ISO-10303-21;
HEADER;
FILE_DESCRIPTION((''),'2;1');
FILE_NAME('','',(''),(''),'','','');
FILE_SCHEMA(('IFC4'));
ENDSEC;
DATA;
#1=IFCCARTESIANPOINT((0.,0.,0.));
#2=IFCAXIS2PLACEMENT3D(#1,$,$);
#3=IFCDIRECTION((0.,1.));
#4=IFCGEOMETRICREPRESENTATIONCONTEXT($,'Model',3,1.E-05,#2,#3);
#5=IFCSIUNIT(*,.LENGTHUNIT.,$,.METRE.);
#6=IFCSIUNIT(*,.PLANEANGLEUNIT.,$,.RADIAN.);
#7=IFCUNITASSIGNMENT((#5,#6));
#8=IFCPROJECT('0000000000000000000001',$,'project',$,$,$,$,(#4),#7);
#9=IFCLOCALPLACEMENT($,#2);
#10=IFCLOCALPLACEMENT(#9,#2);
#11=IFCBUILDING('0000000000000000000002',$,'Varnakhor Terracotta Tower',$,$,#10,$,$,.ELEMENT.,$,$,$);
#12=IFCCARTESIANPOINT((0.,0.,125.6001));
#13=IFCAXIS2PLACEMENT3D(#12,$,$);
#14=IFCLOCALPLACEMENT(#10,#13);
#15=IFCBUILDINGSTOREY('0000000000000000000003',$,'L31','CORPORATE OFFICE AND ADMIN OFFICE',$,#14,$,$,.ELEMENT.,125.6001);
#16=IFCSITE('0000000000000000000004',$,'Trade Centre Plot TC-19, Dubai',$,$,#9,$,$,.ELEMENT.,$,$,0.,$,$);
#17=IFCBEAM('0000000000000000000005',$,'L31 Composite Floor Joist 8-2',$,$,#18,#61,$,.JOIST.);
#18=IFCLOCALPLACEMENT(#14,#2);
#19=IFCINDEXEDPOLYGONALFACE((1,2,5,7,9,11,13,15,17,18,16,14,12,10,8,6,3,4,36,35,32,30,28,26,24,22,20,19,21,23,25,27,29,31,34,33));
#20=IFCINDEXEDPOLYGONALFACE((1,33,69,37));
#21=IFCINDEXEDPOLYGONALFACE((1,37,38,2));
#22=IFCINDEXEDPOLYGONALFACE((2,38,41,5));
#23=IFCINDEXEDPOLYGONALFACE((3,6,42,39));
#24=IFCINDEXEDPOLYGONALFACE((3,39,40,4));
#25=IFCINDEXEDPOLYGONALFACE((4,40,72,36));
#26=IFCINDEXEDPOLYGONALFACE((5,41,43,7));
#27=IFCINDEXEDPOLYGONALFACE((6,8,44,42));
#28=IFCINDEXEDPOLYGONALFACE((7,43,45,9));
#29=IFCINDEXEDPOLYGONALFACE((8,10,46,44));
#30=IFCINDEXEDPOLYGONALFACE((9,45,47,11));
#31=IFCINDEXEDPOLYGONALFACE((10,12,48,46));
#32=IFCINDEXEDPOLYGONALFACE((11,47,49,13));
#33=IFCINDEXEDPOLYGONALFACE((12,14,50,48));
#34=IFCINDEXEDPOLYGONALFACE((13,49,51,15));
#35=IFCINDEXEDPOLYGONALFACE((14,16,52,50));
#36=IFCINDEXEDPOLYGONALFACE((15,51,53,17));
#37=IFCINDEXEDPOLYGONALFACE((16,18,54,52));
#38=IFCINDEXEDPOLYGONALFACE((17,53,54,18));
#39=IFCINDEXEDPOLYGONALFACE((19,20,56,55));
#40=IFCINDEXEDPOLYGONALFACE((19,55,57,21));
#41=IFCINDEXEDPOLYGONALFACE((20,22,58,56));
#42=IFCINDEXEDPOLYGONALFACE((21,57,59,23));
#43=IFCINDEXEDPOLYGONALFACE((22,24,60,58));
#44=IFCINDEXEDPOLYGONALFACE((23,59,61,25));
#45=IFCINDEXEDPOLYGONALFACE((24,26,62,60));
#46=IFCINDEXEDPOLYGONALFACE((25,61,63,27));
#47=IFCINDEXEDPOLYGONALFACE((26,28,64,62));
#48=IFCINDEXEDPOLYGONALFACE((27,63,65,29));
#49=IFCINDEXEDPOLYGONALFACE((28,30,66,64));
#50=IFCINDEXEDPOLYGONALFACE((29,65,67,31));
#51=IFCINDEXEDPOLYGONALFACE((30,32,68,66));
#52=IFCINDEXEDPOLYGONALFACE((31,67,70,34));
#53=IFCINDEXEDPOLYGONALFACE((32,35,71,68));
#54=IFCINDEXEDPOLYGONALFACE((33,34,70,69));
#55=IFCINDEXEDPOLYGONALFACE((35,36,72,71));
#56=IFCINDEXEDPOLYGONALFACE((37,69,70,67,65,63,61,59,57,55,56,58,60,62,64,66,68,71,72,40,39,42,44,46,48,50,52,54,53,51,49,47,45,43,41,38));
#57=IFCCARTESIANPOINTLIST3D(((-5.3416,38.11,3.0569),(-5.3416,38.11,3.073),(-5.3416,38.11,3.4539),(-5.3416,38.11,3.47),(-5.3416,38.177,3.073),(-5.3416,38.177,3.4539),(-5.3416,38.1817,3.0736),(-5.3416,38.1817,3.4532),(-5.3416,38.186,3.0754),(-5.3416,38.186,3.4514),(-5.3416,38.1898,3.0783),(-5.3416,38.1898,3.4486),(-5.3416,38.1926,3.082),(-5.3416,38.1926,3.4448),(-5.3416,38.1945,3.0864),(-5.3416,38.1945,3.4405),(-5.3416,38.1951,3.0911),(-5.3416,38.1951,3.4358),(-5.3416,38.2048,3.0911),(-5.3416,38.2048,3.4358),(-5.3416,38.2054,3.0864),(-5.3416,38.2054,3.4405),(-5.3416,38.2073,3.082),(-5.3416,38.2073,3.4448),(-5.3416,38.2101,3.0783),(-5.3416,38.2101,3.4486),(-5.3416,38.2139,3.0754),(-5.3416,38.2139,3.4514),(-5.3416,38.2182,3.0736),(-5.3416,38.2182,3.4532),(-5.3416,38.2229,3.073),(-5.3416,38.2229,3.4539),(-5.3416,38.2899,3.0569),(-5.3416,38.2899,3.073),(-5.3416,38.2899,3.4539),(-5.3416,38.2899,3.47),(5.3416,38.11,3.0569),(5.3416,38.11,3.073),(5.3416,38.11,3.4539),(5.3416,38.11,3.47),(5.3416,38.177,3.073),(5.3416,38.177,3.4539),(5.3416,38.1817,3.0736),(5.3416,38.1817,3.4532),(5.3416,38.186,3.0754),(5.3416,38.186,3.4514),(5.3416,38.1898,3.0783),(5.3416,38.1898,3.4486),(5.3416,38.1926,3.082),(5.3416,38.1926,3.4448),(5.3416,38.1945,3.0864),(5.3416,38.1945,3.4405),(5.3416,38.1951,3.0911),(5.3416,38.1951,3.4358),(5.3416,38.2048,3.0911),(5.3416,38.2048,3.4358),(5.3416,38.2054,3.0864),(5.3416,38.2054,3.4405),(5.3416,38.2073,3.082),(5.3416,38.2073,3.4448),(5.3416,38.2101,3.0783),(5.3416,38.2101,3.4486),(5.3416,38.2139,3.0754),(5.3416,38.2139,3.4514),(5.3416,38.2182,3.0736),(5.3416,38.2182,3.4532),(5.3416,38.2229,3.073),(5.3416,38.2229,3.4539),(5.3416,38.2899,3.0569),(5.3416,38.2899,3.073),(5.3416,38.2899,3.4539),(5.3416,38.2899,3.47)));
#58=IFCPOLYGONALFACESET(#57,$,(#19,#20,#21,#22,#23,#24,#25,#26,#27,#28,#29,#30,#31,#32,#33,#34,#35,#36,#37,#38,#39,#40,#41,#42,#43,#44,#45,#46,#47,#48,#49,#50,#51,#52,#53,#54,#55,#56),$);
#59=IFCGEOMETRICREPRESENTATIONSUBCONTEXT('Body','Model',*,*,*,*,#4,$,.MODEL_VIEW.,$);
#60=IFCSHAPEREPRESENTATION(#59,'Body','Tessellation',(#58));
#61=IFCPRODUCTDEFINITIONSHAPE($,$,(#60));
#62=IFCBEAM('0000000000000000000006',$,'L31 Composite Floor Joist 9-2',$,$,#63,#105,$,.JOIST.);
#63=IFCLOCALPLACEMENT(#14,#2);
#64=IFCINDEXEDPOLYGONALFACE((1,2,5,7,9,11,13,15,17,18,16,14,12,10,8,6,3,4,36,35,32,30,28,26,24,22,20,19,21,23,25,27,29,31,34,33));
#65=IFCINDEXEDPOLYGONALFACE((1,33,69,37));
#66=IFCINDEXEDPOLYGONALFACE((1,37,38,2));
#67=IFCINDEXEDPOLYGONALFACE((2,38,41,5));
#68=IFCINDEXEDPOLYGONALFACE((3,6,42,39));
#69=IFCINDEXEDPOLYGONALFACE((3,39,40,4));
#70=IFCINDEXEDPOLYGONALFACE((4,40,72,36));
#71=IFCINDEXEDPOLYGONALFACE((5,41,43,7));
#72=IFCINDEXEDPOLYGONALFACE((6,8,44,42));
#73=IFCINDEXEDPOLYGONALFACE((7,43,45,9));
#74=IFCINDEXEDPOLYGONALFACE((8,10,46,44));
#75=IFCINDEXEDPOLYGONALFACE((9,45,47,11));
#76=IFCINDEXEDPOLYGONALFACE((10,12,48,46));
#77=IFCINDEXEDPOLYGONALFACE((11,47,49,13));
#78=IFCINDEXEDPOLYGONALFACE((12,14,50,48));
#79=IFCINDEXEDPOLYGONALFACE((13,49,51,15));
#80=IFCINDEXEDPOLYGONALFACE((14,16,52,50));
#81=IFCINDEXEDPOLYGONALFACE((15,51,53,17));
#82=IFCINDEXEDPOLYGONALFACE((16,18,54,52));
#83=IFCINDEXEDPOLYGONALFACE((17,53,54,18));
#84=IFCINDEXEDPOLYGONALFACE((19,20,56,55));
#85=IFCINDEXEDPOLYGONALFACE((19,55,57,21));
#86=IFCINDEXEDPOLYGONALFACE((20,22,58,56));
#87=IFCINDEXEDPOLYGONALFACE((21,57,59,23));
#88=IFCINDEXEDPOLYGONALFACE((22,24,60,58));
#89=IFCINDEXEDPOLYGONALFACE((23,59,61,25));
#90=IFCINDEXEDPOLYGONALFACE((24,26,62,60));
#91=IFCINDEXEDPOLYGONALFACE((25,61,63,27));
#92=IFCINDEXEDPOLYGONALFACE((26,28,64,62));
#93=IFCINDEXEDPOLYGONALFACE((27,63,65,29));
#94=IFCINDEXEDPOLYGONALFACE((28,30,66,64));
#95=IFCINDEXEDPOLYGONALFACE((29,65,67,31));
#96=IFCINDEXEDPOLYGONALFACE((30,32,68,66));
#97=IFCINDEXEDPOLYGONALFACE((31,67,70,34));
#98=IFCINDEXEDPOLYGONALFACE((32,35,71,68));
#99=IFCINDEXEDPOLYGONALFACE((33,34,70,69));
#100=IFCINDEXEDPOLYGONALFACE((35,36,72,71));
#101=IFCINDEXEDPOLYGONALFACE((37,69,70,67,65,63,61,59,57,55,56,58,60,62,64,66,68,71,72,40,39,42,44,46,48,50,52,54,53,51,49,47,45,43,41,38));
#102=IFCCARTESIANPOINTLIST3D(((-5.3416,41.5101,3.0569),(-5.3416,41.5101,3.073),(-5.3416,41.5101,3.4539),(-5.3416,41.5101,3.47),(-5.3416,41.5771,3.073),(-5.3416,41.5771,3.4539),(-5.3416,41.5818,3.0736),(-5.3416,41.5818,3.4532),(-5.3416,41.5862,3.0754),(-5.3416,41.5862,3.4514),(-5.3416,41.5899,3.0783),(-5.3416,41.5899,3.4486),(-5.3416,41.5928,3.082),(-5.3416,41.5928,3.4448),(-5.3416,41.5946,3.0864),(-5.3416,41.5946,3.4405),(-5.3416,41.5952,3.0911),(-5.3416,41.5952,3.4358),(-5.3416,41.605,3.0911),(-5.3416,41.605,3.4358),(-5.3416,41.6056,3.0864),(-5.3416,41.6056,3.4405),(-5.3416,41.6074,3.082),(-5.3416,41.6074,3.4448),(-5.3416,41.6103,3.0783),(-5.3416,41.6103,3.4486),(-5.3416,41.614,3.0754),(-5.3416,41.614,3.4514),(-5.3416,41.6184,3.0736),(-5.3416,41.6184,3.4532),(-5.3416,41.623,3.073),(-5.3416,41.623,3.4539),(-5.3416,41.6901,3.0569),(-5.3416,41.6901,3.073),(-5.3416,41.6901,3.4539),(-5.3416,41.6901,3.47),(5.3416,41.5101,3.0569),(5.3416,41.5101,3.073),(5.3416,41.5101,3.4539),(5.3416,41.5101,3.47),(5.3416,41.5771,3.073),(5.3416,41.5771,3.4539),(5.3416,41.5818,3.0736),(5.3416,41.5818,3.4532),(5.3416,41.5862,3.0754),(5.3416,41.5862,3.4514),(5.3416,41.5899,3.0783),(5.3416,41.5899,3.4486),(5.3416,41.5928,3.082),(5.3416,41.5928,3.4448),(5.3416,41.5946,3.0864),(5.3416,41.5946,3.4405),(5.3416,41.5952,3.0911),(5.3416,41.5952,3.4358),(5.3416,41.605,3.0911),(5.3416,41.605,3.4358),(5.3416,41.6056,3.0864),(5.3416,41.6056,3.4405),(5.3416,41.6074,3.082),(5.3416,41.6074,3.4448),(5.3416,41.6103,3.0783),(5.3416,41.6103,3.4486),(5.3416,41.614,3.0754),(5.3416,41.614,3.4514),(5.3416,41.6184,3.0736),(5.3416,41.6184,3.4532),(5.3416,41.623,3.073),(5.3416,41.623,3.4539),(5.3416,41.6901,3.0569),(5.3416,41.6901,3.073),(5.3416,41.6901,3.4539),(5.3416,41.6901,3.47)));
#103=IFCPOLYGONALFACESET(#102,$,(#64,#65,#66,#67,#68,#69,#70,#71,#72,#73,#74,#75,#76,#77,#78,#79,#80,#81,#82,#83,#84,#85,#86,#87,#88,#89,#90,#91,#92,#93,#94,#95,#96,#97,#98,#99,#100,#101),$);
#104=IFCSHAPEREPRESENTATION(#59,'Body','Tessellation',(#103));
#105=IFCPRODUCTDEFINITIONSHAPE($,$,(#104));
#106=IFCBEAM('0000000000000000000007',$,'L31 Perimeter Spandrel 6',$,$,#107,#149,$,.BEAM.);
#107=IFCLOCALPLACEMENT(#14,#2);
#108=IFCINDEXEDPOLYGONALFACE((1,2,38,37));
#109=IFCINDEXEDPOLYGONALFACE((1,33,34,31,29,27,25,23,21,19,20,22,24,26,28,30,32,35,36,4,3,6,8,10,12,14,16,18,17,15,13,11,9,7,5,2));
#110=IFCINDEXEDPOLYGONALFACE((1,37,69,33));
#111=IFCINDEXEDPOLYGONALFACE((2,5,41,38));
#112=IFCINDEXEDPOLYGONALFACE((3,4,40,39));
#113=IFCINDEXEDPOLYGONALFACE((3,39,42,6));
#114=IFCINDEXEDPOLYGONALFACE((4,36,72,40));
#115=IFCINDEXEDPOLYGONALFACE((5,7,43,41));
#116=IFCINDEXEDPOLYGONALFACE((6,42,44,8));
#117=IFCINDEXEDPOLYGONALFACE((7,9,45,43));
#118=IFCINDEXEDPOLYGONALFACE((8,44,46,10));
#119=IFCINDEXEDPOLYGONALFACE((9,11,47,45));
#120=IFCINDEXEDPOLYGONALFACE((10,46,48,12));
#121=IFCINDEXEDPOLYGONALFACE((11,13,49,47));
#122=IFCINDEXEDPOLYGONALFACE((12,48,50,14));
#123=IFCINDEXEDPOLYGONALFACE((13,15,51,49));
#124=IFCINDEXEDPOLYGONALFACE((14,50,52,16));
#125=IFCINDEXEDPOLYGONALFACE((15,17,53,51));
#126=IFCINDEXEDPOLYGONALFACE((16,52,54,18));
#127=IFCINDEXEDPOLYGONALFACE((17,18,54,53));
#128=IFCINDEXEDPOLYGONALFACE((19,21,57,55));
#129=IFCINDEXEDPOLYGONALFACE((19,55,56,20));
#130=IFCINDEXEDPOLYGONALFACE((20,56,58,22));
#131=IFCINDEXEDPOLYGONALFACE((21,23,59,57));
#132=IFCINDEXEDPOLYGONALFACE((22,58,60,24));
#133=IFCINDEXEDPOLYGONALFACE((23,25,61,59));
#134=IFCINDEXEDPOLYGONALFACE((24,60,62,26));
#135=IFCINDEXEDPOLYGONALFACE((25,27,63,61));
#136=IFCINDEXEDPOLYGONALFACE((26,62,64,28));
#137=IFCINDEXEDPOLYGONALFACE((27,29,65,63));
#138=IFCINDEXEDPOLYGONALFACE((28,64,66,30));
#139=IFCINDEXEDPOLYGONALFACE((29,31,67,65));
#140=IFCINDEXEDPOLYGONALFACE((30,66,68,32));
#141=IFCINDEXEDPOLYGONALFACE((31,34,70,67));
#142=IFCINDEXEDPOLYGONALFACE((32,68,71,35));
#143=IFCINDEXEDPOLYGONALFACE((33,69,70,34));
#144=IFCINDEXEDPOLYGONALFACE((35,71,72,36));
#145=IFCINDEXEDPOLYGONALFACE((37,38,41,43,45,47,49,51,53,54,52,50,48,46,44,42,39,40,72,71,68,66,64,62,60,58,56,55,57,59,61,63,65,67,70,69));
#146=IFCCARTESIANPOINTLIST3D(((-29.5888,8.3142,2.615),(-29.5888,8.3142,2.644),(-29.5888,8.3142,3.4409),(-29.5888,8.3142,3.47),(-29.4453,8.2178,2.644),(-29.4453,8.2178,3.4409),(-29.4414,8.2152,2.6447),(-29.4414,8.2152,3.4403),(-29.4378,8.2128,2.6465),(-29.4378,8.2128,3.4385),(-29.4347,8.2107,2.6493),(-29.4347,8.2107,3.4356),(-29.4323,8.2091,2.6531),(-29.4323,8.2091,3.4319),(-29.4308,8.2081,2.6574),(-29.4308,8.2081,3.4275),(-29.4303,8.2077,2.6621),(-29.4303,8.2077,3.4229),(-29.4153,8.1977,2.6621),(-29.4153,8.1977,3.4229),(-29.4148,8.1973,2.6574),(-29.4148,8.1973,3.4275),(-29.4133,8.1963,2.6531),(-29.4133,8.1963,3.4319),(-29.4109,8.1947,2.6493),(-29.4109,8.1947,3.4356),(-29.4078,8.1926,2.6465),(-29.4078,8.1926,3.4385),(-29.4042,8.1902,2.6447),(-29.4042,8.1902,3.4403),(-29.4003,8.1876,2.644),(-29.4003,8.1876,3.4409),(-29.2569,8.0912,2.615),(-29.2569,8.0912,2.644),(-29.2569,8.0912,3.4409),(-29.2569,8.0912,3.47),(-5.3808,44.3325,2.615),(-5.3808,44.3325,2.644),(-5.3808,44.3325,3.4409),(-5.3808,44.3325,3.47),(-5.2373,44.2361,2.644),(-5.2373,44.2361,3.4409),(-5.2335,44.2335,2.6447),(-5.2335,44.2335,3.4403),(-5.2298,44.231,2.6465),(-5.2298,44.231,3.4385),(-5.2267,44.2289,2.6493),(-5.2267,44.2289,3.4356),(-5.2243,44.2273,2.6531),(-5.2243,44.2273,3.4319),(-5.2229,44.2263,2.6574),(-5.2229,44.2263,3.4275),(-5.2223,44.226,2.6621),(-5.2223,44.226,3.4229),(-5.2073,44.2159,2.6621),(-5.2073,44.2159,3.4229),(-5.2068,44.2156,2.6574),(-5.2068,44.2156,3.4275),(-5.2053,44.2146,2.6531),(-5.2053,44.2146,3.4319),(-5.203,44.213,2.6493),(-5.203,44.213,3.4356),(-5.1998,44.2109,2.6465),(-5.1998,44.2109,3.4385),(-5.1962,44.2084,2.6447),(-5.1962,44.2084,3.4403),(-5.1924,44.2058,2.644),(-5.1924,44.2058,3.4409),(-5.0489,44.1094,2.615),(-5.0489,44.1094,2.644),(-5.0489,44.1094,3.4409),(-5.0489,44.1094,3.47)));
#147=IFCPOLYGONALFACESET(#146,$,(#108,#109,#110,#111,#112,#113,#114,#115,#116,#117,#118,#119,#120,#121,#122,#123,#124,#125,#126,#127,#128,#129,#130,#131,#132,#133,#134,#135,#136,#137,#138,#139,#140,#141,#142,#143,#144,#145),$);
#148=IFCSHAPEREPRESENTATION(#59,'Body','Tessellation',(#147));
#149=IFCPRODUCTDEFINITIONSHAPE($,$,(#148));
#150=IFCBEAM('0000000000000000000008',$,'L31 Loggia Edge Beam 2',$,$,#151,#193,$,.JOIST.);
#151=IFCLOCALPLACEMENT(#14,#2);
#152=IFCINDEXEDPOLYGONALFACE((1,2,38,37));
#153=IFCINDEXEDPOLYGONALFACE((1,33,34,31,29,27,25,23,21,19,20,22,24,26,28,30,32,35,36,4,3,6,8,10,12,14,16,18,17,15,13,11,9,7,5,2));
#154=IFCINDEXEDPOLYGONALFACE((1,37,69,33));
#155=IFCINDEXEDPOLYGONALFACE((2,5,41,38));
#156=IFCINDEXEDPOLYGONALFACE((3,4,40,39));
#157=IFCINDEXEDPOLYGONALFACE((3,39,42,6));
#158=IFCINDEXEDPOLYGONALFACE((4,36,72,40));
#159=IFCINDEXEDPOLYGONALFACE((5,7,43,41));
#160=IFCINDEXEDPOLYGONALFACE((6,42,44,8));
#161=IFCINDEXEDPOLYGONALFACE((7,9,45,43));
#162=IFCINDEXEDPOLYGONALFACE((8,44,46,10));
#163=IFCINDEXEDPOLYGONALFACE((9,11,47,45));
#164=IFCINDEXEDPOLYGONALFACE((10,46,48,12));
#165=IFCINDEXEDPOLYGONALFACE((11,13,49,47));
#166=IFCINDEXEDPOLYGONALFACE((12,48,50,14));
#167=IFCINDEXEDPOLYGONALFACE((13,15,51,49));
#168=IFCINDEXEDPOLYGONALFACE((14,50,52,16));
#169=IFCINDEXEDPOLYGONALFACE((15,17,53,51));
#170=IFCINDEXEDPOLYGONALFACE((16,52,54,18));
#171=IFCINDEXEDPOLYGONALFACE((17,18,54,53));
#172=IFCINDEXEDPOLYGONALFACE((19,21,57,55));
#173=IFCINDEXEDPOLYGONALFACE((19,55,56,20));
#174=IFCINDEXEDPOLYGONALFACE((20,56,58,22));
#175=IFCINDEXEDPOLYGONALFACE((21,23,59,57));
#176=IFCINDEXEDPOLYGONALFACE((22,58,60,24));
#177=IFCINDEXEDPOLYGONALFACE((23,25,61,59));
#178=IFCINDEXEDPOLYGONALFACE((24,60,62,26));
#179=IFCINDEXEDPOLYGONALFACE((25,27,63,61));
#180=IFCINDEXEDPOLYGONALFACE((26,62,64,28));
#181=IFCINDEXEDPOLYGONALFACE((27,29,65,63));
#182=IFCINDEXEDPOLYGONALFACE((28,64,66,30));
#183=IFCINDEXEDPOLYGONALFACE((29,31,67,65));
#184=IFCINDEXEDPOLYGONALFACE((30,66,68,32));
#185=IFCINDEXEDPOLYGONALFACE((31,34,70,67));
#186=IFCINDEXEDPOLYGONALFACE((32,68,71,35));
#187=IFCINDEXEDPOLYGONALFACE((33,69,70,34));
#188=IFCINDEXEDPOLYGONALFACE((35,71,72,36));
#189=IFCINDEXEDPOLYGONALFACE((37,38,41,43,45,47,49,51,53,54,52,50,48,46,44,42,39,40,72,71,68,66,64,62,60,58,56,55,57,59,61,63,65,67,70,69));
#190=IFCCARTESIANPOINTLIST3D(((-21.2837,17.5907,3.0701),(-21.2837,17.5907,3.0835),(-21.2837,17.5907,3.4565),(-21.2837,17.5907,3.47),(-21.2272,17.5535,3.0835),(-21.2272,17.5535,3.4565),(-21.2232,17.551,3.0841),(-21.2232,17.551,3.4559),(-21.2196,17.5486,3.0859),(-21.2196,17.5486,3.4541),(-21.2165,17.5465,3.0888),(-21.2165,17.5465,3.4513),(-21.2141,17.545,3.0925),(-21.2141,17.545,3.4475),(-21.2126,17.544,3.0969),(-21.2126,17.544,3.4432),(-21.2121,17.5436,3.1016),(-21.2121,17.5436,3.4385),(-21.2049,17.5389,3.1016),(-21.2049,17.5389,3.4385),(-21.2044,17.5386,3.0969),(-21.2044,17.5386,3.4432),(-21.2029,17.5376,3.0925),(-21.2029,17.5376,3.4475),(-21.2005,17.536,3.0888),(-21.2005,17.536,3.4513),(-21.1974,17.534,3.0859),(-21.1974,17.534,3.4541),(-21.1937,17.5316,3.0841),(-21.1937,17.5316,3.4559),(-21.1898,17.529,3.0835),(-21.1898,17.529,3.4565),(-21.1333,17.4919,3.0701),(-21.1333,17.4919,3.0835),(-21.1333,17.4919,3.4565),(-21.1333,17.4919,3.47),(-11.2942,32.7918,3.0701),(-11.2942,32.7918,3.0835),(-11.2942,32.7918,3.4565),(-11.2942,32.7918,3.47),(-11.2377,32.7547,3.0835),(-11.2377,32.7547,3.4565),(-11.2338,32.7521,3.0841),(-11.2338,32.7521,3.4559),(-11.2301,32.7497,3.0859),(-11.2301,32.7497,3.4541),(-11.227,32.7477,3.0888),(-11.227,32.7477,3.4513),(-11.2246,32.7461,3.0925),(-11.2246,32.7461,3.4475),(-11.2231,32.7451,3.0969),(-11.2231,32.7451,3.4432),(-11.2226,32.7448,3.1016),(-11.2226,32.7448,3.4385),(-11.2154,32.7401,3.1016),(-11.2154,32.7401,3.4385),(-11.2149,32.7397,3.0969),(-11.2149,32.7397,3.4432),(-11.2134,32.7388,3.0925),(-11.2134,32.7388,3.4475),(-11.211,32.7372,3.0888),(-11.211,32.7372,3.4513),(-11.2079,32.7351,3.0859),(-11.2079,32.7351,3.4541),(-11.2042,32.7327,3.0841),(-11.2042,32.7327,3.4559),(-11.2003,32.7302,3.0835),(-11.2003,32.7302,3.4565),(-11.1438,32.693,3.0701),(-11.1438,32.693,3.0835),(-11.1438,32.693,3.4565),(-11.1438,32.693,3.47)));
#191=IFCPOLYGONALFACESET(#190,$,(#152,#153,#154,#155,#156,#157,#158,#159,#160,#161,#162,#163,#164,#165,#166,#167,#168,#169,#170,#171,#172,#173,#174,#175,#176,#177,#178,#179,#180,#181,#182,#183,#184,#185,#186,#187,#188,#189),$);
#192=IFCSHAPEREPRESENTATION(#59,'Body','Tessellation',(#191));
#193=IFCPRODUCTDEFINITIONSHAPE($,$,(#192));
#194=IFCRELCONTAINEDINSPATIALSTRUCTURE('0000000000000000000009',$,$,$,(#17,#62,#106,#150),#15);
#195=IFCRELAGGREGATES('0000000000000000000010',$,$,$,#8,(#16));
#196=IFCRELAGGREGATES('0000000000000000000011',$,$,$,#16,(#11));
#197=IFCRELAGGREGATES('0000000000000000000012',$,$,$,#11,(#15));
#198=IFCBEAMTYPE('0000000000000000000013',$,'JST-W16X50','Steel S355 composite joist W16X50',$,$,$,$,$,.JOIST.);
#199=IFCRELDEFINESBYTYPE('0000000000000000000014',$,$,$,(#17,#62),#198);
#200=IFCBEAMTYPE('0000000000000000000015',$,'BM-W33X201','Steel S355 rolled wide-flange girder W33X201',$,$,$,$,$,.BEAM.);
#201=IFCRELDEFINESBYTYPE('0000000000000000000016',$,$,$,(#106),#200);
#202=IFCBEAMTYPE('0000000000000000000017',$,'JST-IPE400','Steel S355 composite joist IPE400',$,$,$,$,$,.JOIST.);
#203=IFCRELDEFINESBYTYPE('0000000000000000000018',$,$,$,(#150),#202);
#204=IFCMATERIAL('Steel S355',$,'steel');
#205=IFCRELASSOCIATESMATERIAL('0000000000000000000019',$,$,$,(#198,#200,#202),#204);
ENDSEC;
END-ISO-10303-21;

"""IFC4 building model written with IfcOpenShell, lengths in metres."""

from ifc_helpers import new_model, si_unit, direction, frame, origin, origin_2d, place, context, subcontext, project, spatial, i_section, extrude, source, transform, mapped, material, material_profile, profile_set, type_object, element, save


model = new_model("IFC4")

# Units and contexts
model_context = context("Model", 3, precision=1e-05, world=origin(), true_north=direction((0.0, 1.0)))
body_context = subcontext(model_context, "Body", "Model", "MODEL_VIEW")
ifc_project = project(units=[si_unit("LENGTHUNIT", "METRE"), si_unit("PLANEANGLEUNIT", "RADIAN")], contexts=[model_context])

# Site, building, storey
site_placement = place(None, origin())
site = spatial("IfcSite", under=ifc_project, at=site_placement, Name="Trade Centre Plot TC-19, Dubai", CompositionType="ELEMENT", RefElevation=0.0)
building_placement = place(site_placement, origin())
building = spatial("IfcBuilding", under=site, at=building_placement, Name="Varnakhor Terracotta Tower", CompositionType="ELEMENT")
storey_placement = place(building_placement, frame((0.0, 0.0, 125.6001)))
storey = spatial("IfcBuildingStorey", under=building, at=storey_placement, Name="L31", Description="CORPORATE OFFICE AND ADMIN OFFICE", CompositionType="ELEMENT", Elevation=125.6001)

# Beams
ifc_material_1 = material(Name="Steel S355", Category="steel")
ifc_material_profile_1 = material_profile(ifc_material_1, i_section(OverallWidth=0.1799, OverallDepth=0.4131, WebThickness=0.0098, FlangeThickness=0.0161, FilletRadius=0.0181, at=origin_2d()), Name="W16X50")
ifc_profile_set_1 = profile_set([ifc_material_profile_1], Name="Steel S355")
beam_type_1 = type_object("IfcBeamType", Name="JST-W16X50", Description="Steel S355 composite joist W16X50", PredefinedType="JOIST", material=ifc_profile_set_1)
shared_shape_1 = source(origin(), body_context, "Body", "SweptSolid", [
    extrude(i_section(OverallWidth=0.1799, OverallDepth=0.4131, WebThickness=0.0098, FlangeThickness=0.0161, FilletRadius=0.0181, at=origin_2d()), origin(), (0.0, 0.0, 1.0), 10.6831),
])
for number, where, z_axis, x_axis, name in (
    (1, (-5.3416, 38.2, 3.2634), (1.0, 0.0, 0.0), (0.0, 1.0, 0.0), "L31 Composite Floor Joist 8-2"),
    (2, (-5.3416, 41.6001, 3.2634), (1.0, 0.0, 0.0), (0.0, 1.0, 0.0), "L31 Composite Floor Joist 9-2"),
):
    element("IfcBeam", number, at=place(storey_placement, frame(where, z_axis=z_axis, x_axis=x_axis)), inside=storey, type_object=beam_type_1, Name=name, PredefinedType="JOIST", context=body_context, shape_type="MappedRepresentation", body=[
        mapped(shared_shape_1, transform((0.0, 0.0, 0.0), scale=1.0)),
    ])
ifc_material_profile_2 = material_profile(ifc_material_1, i_section(OverallWidth=0.3999, OverallDepth=0.855, WebThickness=0.0181, FlangeThickness=0.0291, FilletRadius=0.0181, at=origin_2d()), Name="W33X201")
ifc_profile_set_2 = profile_set([ifc_material_profile_2], Name="Steel S355")
beam_type_2 = type_object("IfcBeamType", Name="BM-W33X201", Description="Steel S355 rolled wide-flange girder W33X201", PredefinedType="BEAM", material=ifc_profile_set_2)
shared_shape_2 = source(origin(), body_context, "Body", "SweptSolid", [
    extrude(i_section(OverallWidth=0.3999, OverallDepth=0.855, WebThickness=0.0181, FlangeThickness=0.0291, FilletRadius=0.0181, at=origin_2d()), origin(), (0.0, 0.0, 1.0), 43.3975),
])
beam_1_placement = place(storey_placement, frame((-5.2148, 44.2209, 3.0425), z_axis=(-0.55782, -0.829962, 0.0), x_axis=(0.829962, -0.55782, 0.0)))
element("IfcBeam", 3, at=beam_1_placement, inside=storey, type_object=beam_type_2, Name="L31 Perimeter Spandrel 6", PredefinedType="BEAM", context=body_context, shape_type="MappedRepresentation", body=[
    mapped(shared_shape_2, transform((0.0, 0.0, 0.0), scale=1.0)),
])
ifc_material_profile_3 = material_profile(ifc_material_1, i_section(OverallWidth=0.1799, OverallDepth=0.3999, WebThickness=0.0085, FlangeThickness=0.0134, FilletRadius=0.0181, at=origin_2d()), Name="IPE400")
ifc_profile_set_3 = profile_set([ifc_material_profile_3], Name="Steel S355")
beam_type_3 = type_object("IfcBeamType", Name="JST-IPE400", Description="Steel S355 composite joist IPE400", PredefinedType="JOIST", material=ifc_profile_set_3)
shared_shape_3 = source(origin(), body_context, "Body", "SweptSolid", [
    extrude(i_section(OverallWidth=0.1799, OverallDepth=0.3999, WebThickness=0.0085, FlangeThickness=0.0134, FilletRadius=0.0181, at=origin_2d()), origin(), (0.0, 0.0, 1.0), 18.1897),
])
beam_2_placement = place(storey_placement, frame((-11.219, 32.7424, 3.27), z_axis=(-0.549184, -0.835701, 0.0), x_axis=(0.835701, -0.549184, 0.0)))
element("IfcBeam", 4, at=beam_2_placement, inside=storey, type_object=beam_type_3, Name="L31 Loggia Edge Beam 2", PredefinedType="JOIST", context=body_context, shape_type="MappedRepresentation", body=[
    mapped(shared_shape_3, transform((0.0, 0.0, 0.0), scale=1.0)),
])

save(model, "model.ifc")
